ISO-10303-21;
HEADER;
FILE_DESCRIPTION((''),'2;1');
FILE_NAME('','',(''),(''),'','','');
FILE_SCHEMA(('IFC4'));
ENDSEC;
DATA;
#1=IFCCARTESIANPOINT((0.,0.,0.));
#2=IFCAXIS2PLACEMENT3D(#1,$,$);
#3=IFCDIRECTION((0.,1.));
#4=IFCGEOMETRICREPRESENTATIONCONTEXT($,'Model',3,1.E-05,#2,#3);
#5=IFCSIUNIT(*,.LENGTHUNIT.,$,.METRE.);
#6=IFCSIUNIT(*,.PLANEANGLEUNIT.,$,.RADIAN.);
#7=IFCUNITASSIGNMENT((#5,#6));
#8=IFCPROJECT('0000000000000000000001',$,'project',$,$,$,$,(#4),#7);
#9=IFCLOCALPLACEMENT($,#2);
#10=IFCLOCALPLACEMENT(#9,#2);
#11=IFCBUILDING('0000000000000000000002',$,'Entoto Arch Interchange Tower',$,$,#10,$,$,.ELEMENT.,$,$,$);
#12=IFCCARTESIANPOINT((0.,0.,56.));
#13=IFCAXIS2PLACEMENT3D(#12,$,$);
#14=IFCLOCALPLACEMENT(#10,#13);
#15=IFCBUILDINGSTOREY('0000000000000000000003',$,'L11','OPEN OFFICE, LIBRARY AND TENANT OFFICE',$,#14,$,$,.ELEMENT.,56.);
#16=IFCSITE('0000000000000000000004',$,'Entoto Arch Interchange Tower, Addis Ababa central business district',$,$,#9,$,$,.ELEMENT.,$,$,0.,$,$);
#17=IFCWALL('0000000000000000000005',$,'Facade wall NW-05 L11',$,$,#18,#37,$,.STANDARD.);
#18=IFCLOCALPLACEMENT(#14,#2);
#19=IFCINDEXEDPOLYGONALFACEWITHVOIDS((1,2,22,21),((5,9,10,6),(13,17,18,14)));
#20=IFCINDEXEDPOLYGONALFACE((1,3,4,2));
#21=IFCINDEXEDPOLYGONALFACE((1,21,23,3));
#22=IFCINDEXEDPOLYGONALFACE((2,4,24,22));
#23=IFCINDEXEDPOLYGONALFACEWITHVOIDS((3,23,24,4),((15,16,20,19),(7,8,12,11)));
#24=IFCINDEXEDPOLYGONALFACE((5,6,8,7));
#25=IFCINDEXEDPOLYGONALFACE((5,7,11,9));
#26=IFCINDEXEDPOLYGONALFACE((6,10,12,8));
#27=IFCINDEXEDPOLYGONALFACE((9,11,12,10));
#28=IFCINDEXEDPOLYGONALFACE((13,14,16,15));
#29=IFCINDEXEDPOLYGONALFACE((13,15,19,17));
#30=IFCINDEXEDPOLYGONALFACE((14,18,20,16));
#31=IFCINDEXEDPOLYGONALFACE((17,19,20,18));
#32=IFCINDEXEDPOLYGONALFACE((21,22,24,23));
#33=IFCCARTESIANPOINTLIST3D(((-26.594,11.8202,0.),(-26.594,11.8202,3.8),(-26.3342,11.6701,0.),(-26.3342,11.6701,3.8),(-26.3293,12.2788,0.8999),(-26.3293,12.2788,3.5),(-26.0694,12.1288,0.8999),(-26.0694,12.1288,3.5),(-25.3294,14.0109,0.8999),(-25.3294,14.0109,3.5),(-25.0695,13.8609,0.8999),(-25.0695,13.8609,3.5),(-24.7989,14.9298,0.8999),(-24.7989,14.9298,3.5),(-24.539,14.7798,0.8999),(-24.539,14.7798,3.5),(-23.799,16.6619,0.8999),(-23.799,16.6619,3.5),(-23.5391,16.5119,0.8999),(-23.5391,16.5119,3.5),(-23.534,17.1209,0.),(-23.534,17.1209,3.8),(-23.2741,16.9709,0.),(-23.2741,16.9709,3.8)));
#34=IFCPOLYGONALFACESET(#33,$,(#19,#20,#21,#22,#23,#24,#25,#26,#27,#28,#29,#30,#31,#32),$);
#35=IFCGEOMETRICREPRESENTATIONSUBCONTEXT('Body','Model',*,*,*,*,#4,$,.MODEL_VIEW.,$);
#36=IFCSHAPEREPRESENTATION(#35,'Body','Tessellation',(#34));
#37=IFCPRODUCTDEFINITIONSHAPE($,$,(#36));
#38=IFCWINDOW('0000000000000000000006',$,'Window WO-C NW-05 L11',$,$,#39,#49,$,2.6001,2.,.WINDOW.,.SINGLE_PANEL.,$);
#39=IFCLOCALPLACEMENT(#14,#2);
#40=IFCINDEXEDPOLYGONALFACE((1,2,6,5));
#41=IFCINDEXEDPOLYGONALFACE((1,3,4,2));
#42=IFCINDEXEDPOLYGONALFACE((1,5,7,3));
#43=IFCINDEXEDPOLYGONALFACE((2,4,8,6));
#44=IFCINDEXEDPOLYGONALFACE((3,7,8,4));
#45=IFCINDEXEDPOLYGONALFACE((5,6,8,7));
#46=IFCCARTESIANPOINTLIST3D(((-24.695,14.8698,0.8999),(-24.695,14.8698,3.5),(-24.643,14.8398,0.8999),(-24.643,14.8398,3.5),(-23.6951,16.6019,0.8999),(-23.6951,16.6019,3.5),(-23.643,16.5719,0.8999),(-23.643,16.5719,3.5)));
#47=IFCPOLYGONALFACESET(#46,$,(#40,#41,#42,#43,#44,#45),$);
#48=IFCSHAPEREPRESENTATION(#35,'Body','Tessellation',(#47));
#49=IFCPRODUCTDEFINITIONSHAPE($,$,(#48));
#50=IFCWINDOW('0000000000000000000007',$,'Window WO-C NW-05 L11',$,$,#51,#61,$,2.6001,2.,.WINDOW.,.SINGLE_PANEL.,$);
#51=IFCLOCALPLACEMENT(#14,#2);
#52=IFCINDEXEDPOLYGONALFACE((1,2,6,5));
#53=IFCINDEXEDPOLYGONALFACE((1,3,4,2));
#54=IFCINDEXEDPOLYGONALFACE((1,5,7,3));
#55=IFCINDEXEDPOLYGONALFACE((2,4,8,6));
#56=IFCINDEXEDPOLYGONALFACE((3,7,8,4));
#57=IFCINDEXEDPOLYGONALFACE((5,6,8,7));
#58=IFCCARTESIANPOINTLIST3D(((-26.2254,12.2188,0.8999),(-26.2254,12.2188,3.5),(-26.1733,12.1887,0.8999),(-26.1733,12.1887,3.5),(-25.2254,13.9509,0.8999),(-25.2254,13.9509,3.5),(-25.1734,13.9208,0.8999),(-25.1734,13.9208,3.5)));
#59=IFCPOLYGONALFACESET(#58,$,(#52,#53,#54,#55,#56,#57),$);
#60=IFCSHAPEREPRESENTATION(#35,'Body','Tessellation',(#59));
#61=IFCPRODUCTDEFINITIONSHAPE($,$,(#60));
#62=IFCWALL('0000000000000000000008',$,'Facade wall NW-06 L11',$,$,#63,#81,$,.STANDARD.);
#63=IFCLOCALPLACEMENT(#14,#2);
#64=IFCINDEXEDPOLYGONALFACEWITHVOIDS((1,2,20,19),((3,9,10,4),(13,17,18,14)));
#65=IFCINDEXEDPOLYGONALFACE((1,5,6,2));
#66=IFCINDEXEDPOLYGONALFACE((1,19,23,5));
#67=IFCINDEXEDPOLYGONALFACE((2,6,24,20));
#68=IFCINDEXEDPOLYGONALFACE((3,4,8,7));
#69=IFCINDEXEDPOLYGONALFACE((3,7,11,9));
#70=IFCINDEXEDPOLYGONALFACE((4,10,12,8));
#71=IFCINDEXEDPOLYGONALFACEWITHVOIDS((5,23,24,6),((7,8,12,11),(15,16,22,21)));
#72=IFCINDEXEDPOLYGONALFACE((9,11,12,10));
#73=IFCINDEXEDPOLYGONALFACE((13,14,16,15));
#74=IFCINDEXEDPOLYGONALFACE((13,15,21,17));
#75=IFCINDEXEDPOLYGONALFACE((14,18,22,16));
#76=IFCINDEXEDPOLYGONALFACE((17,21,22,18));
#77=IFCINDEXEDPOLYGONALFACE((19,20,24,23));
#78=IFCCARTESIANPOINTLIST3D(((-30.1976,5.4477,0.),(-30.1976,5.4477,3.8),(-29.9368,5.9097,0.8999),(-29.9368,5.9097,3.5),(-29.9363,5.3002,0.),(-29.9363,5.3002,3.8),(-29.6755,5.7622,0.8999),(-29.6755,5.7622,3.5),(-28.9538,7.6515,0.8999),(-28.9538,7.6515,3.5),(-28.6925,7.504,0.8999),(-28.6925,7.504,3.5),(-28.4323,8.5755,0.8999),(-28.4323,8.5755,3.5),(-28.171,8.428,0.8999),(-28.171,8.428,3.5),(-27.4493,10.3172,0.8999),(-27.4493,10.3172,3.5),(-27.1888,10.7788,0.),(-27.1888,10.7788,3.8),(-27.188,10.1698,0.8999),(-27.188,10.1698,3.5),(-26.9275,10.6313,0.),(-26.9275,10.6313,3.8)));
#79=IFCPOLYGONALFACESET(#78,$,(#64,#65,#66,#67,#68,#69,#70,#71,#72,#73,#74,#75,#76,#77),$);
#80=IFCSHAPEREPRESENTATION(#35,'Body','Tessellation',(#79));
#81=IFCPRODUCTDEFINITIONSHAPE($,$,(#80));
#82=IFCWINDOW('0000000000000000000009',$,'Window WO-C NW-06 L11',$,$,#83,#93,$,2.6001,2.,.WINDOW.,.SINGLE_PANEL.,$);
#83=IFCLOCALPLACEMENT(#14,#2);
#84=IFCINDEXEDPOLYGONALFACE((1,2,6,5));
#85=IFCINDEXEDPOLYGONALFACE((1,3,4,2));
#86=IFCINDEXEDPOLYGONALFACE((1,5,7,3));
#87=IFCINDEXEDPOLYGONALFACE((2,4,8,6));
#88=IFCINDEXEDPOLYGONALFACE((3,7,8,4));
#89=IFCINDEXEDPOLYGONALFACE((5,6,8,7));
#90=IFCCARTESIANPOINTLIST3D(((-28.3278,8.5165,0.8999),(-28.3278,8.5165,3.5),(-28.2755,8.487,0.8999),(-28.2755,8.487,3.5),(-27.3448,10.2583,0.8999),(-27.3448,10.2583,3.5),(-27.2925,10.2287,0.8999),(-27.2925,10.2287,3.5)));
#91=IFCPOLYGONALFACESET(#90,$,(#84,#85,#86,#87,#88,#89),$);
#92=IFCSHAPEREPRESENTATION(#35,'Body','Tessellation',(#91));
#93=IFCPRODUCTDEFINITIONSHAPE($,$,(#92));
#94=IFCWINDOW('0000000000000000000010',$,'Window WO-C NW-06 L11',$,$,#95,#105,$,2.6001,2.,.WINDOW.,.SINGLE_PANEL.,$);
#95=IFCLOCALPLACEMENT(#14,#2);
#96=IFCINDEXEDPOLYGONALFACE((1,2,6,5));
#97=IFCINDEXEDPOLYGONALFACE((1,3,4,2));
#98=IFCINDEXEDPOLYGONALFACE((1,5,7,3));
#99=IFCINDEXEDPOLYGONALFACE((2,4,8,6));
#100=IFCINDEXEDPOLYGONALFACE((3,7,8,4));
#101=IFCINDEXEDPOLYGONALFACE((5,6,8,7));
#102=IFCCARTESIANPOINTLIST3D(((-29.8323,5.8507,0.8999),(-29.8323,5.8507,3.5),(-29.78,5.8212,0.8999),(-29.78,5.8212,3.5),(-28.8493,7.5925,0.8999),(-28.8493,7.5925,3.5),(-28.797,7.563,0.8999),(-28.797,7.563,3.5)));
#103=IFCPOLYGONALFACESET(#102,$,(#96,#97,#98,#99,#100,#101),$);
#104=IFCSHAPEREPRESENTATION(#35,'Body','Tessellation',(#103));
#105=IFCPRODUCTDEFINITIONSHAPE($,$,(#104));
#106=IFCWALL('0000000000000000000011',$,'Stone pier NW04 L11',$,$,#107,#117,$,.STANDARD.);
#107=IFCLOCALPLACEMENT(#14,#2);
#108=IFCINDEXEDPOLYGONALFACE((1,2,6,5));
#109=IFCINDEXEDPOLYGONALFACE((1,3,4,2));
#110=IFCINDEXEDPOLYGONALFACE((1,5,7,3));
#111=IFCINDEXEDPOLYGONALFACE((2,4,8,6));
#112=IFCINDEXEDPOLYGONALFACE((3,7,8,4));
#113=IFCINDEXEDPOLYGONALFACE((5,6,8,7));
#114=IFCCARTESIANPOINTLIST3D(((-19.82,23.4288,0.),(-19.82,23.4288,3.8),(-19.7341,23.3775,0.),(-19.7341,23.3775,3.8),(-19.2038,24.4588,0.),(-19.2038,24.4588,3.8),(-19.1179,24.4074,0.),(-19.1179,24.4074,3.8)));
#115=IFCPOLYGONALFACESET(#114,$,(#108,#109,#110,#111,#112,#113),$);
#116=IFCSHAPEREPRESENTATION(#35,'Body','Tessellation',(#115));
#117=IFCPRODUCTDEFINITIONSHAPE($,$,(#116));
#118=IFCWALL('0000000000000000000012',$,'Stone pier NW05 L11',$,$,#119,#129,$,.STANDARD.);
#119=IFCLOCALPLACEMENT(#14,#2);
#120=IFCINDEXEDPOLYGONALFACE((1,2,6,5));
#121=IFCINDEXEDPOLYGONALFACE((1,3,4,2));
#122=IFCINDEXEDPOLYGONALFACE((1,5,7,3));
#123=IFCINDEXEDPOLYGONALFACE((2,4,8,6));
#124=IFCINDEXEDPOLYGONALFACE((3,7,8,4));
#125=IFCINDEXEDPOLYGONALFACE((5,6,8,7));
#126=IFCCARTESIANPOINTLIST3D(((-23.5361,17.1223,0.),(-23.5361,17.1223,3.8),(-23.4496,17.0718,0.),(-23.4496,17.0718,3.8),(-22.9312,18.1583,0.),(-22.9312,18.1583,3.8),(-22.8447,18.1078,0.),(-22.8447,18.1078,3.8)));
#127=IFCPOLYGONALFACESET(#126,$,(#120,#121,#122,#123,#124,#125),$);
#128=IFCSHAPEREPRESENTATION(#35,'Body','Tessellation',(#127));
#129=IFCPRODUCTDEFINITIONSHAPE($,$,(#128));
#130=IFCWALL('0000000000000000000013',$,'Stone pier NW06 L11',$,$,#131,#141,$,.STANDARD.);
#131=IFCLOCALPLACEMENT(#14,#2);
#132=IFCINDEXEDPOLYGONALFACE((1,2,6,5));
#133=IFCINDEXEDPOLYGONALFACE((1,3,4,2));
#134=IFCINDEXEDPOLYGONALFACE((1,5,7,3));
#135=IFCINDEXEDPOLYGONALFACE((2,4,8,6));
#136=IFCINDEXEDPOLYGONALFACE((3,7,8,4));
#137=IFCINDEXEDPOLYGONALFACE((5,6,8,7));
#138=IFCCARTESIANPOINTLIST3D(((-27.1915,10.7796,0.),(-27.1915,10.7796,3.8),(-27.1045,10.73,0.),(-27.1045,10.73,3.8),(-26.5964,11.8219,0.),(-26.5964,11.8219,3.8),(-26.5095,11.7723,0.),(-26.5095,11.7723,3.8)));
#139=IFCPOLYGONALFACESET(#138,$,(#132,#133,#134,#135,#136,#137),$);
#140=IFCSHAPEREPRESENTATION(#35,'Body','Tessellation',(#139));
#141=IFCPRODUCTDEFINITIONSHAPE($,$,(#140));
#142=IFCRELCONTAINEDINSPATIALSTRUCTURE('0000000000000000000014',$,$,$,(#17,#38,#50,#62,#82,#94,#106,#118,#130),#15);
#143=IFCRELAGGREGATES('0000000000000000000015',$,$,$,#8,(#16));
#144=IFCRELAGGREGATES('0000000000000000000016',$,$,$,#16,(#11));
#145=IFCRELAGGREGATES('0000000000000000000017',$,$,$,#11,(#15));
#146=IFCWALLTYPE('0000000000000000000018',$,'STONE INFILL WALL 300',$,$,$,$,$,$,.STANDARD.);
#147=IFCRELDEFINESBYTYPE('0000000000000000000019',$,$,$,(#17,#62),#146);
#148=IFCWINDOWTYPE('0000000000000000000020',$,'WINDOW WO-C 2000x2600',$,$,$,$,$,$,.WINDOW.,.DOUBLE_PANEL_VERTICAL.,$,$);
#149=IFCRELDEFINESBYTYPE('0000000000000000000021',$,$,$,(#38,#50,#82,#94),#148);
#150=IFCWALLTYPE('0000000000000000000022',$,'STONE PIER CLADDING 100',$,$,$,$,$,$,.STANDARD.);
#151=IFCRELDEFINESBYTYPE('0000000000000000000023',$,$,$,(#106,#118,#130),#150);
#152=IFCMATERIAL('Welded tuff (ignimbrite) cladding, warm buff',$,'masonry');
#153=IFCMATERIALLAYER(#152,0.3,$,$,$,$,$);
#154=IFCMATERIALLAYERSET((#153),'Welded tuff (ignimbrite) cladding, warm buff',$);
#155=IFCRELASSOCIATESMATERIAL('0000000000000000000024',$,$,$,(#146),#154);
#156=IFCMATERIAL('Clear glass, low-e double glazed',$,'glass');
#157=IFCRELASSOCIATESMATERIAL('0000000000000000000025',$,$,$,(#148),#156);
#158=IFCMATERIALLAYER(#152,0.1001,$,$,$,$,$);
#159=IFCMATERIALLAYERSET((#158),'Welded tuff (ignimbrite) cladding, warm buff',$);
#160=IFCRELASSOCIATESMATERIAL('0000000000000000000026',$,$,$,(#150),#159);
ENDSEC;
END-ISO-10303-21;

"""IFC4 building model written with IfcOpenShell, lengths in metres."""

from ifc_helpers import new_model, si_unit, direction, frame, frame_2d, origin, place, context, subcontext, project, spatial, rectangle, extrude, material, layer, layer_set, type_object, element, fill, save


model = new_model("IFC4")

# Units and contexts
model_context = context("Model", 3, precision=1e-05, world=origin(), true_north=direction((0.0, 1.0)))
body_context = subcontext(model_context, "Body", "Model", "MODEL_VIEW")
ifc_project = project(units=[si_unit("LENGTHUNIT", "METRE"), si_unit("PLANEANGLEUNIT", "RADIAN")], contexts=[model_context])

# Site, building, storey
site_placement = place(None, origin())
site = spatial("IfcSite", under=ifc_project, at=site_placement, Name="Entoto Arch Interchange Tower, Addis Ababa central business district", CompositionType="ELEMENT", RefElevation=0.0)
building_placement = place(site_placement, origin())
building = spatial("IfcBuilding", under=site, at=building_placement, Name="Entoto Arch Interchange Tower", CompositionType="ELEMENT")
storey_placement = place(building_placement, frame((0.0, 0.0, 56.0)))
storey = spatial("IfcBuildingStorey", under=building, at=storey_placement, Name="L11", Description="OPEN OFFICE, LIBRARY AND TENANT OFFICE", CompositionType="ELEMENT", Elevation=56.0)

# Walls, openings, windows
ifc_material_1 = material(Name="Welded tuff (ignimbrite) cladding, warm buff", Category="masonry")
ifc_layer_1 = layer(ifc_material_1, 0.3)
ifc_layer_set_1 = layer_set([ifc_layer_1], Name="Welded tuff (ignimbrite) cladding, warm buff")
wall_type_1 = type_object("IfcWallType", Name="STONE INFILL WALL 300", PredefinedType="STANDARD", material=ifc_layer_set_1)
ifc_material_2 = material(Name="Clear glass, low-e double glazed", Category="glass")
window_type = type_object("IfcWindowType", Name="WINDOW WO-C 2000x2600", PartitioningType="DOUBLE_PANEL_VERTICAL", PredefinedType="WINDOW", material=ifc_material_2)
wall_1_placement = place(storey_placement, frame((-23.4041, 17.0459, 0.0), z_axis=(0.0, 0.0, 1.0), x_axis=(-0.499957, -0.86605, 0.0)))
wall_1 = element("IfcWall", 1, at=wall_1_placement, inside=storey, type_object=wall_type_1, Name="Facade wall NW-05 L11", PredefinedType="STANDARD", context=body_context, shape_type="SweptSolid", body=[
    extrude(rectangle(XDim=6.1206, YDim=0.3, at=frame_2d((3.0603, 0.0))), origin(), (0.0, 0.0, 1.0), 3.8),
])
opening_1_placement = place(wall_1_placement, frame((0.53, 0.0, 0.8999)))
opening_1 = element("IfcOpeningElement", 2, at=opening_1_placement, cuts=wall_1, PredefinedType="OPENING", context=body_context, shape_type="SweptSolid", body=[
    extrude(rectangle(XDim=2.0, YDim=2.6001, at=frame_2d((1.0, 1.3))), frame((0.0, 0.1602, 0.0), z_axis=(0.0, -1.0, 0.0), x_axis=(1.0, 0.0, 0.0)), (0.0, 0.0, 1.0), 0.3201),
])
opening_2_placement = place(wall_1_placement, frame((3.5911, 0.0, 0.8999)))
opening_2 = element("IfcOpeningElement", 3, at=opening_2_placement, cuts=wall_1, PredefinedType="OPENING", context=body_context, shape_type="SweptSolid", body=[
    extrude(rectangle(XDim=2.0, YDim=2.6001, at=frame_2d((1.0, 1.3))), frame((0.0, 0.1602, 0.0), z_axis=(0.0, -1.0, 0.0), x_axis=(1.0, 0.0, 0.0)), (0.0, 0.0, 1.0), 0.3201),
])
window_1_placement = place(opening_1_placement, origin())
window_1 = element("IfcWindow", 4, at=window_1_placement, inside=storey, type_object=window_type, Name="Window WO-C NW-05 L11", OverallHeight=2.6001, OverallWidth=2.0, PartitioningType="SINGLE_PANEL", PredefinedType="WINDOW", context=body_context, shape_type="SweptSolid", body=[
    extrude(rectangle(XDim=2.0, YDim=2.6001, at=frame_2d((1.0, 1.3))), frame((0.0, 0.03, 0.0), z_axis=(0.0, -1.0, 0.0), x_axis=(1.0, 0.0, 0.0)), (0.0, 0.0, 1.0), 0.0601),
])
fill(opening_1, window_1)
window_2_placement = place(opening_2_placement, origin())
window_2 = element("IfcWindow", 5, at=window_2_placement, inside=storey, type_object=window_type, Name="Window WO-C NW-05 L11", OverallHeight=2.6001, OverallWidth=2.0, PartitioningType="SINGLE_PANEL", PredefinedType="WINDOW", context=body_context, shape_type="SweptSolid", body=[
    extrude(rectangle(XDim=2.0, YDim=2.6001, at=frame_2d((1.0, 1.3))), frame((0.0, 0.03, 0.0), z_axis=(0.0, -1.0, 0.0), x_axis=(1.0, 0.0, 0.0)), (0.0, 0.0, 1.0), 0.0601),
])
fill(opening_2, window_2)
wall_2_placement = place(storey_placement, frame((-27.0581, 10.7051, 0.0), z_axis=(0.0, 0.0, 1.0), x_axis=(-0.49151, -0.870872, 0.0)))
wall_2 = element("IfcWall", 6, at=wall_2_placement, inside=storey, type_object=wall_type_1, Name="Facade wall NW-06 L11", PredefinedType="STANDARD", context=body_context, shape_type="SweptSolid", body=[
    extrude(rectangle(XDim=6.1216, YDim=0.3, at=frame_2d((3.0608, 0.0))), origin(), (0.0, 0.0, 1.0), 3.8),
])
opening_3_placement = place(wall_2_placement, frame((0.53, 0.0, 0.8999)))
opening_3 = element("IfcOpeningElement", 7, at=opening_3_placement, cuts=wall_2, PredefinedType="OPENING", context=body_context, shape_type="SweptSolid", body=[
    extrude(rectangle(XDim=2.0, YDim=2.6001, at=frame_2d((1.0, 1.3))), frame((0.0, 0.1602, 0.0), z_axis=(0.0, -1.0, 0.0), x_axis=(1.0, 0.0, 0.0)), (0.0, 0.0, 1.0), 0.3201),
])
opening_4_placement = place(wall_2_placement, frame((3.5911, 0.0, 0.8999)))
opening_4 = element("IfcOpeningElement", 8, at=opening_4_placement, cuts=wall_2, PredefinedType="OPENING", context=body_context, shape_type="SweptSolid", body=[
    extrude(rectangle(XDim=2.0, YDim=2.6001, at=frame_2d((1.0, 1.3))), frame((0.0, 0.1602, 0.0), z_axis=(0.0, -1.0, 0.0), x_axis=(1.0, 0.0, 0.0)), (0.0, 0.0, 1.0), 0.3201),
])
window_3_placement = place(opening_3_placement, origin())
window_3 = element("IfcWindow", 9, at=window_3_placement, inside=storey, type_object=window_type, Name="Window WO-C NW-06 L11", OverallHeight=2.6001, OverallWidth=2.0, PartitioningType="SINGLE_PANEL", PredefinedType="WINDOW", context=body_context, shape_type="SweptSolid", body=[
    extrude(rectangle(XDim=2.0, YDim=2.6001, at=frame_2d((1.0, 1.3))), frame((0.0, 0.03, 0.0), z_axis=(0.0, -1.0, 0.0), x_axis=(1.0, 0.0, 0.0)), (0.0, 0.0, 1.0), 0.0601),
])
fill(opening_3, window_3)
window_4_placement = place(opening_4_placement, origin())
window_4 = element("IfcWindow", 10, at=window_4_placement, inside=storey, type_object=window_type, Name="Window WO-C NW-06 L11", OverallHeight=2.6001, OverallWidth=2.0, PartitioningType="SINGLE_PANEL", PredefinedType="WINDOW", context=body_context, shape_type="SweptSolid", body=[
    extrude(rectangle(XDim=2.0, YDim=2.6001, at=frame_2d((1.0, 1.3))), frame((0.0, 0.03, 0.0), z_axis=(0.0, -1.0, 0.0), x_axis=(1.0, 0.0, 0.0)), (0.0, 0.0, 1.0), 0.0601),
])
fill(opening_4, window_4)

# Walls
ifc_layer_2 = layer(ifc_material_1, 0.1001)
ifc_layer_set_2 = layer_set([ifc_layer_2], Name="Welded tuff (ignimbrite) cladding, warm buff")
wall_type_2 = type_object("IfcWallType", Name="STONE PIER CLADDING 100", PredefinedType="STANDARD", material=ifc_layer_set_2)
wall_3_placement = place(storey_placement, frame((-19.1609, 24.4331, 0.0), z_axis=(0.0, 0.0, 1.0), x_axis=(-0.513389, -0.858156, 0.0)))
element("IfcWall", 11, at=wall_3_placement, inside=storey, type_object=wall_type_2, Name="Stone pier NW04 L11", PredefinedType="STANDARD", context=body_context, shape_type="SweptSolid", body=[
    extrude(rectangle(XDim=1.2002, YDim=0.1001, at=frame_2d((0.6001, 0.0))), origin(), (0.0, 0.0, 1.0), 3.8),
])
wall_4_placement = place(storey_placement, frame((-22.8879, 18.1331, 0.0), z_axis=(0.0, 0.0, 1.0), x_axis=(-0.504225, -0.863572, 0.0)))
element("IfcWall", 12, at=wall_4_placement, inside=storey, type_object=wall_type_2, Name="Stone pier NW05 L11", PredefinedType="STANDARD", context=body_context, shape_type="SweptSolid", body=[
    extrude(rectangle(XDim=1.1997, YDim=0.1001, at=frame_2d((0.5999, 0.0))), origin(), (0.0, 0.0, 1.0), 3.8),
])
wall_5_placement = place(storey_placement, frame((-26.553, 11.7971, 0.0), z_axis=(0.0, 0.0, 1.0), x_axis=(-0.495766, -0.868456, 0.0)))
element("IfcWall", 13, at=wall_5_placement, inside=storey, type_object=wall_type_2, Name="Stone pier NW06 L11", PredefinedType="STANDARD", context=body_context, shape_type="SweptSolid", body=[
    extrude(rectangle(XDim=1.2002, YDim=0.1001, at=frame_2d((0.6001, 0.0))), origin(), (0.0, 0.0, 1.0), 3.8),
])

save(model, "model.ifc")
